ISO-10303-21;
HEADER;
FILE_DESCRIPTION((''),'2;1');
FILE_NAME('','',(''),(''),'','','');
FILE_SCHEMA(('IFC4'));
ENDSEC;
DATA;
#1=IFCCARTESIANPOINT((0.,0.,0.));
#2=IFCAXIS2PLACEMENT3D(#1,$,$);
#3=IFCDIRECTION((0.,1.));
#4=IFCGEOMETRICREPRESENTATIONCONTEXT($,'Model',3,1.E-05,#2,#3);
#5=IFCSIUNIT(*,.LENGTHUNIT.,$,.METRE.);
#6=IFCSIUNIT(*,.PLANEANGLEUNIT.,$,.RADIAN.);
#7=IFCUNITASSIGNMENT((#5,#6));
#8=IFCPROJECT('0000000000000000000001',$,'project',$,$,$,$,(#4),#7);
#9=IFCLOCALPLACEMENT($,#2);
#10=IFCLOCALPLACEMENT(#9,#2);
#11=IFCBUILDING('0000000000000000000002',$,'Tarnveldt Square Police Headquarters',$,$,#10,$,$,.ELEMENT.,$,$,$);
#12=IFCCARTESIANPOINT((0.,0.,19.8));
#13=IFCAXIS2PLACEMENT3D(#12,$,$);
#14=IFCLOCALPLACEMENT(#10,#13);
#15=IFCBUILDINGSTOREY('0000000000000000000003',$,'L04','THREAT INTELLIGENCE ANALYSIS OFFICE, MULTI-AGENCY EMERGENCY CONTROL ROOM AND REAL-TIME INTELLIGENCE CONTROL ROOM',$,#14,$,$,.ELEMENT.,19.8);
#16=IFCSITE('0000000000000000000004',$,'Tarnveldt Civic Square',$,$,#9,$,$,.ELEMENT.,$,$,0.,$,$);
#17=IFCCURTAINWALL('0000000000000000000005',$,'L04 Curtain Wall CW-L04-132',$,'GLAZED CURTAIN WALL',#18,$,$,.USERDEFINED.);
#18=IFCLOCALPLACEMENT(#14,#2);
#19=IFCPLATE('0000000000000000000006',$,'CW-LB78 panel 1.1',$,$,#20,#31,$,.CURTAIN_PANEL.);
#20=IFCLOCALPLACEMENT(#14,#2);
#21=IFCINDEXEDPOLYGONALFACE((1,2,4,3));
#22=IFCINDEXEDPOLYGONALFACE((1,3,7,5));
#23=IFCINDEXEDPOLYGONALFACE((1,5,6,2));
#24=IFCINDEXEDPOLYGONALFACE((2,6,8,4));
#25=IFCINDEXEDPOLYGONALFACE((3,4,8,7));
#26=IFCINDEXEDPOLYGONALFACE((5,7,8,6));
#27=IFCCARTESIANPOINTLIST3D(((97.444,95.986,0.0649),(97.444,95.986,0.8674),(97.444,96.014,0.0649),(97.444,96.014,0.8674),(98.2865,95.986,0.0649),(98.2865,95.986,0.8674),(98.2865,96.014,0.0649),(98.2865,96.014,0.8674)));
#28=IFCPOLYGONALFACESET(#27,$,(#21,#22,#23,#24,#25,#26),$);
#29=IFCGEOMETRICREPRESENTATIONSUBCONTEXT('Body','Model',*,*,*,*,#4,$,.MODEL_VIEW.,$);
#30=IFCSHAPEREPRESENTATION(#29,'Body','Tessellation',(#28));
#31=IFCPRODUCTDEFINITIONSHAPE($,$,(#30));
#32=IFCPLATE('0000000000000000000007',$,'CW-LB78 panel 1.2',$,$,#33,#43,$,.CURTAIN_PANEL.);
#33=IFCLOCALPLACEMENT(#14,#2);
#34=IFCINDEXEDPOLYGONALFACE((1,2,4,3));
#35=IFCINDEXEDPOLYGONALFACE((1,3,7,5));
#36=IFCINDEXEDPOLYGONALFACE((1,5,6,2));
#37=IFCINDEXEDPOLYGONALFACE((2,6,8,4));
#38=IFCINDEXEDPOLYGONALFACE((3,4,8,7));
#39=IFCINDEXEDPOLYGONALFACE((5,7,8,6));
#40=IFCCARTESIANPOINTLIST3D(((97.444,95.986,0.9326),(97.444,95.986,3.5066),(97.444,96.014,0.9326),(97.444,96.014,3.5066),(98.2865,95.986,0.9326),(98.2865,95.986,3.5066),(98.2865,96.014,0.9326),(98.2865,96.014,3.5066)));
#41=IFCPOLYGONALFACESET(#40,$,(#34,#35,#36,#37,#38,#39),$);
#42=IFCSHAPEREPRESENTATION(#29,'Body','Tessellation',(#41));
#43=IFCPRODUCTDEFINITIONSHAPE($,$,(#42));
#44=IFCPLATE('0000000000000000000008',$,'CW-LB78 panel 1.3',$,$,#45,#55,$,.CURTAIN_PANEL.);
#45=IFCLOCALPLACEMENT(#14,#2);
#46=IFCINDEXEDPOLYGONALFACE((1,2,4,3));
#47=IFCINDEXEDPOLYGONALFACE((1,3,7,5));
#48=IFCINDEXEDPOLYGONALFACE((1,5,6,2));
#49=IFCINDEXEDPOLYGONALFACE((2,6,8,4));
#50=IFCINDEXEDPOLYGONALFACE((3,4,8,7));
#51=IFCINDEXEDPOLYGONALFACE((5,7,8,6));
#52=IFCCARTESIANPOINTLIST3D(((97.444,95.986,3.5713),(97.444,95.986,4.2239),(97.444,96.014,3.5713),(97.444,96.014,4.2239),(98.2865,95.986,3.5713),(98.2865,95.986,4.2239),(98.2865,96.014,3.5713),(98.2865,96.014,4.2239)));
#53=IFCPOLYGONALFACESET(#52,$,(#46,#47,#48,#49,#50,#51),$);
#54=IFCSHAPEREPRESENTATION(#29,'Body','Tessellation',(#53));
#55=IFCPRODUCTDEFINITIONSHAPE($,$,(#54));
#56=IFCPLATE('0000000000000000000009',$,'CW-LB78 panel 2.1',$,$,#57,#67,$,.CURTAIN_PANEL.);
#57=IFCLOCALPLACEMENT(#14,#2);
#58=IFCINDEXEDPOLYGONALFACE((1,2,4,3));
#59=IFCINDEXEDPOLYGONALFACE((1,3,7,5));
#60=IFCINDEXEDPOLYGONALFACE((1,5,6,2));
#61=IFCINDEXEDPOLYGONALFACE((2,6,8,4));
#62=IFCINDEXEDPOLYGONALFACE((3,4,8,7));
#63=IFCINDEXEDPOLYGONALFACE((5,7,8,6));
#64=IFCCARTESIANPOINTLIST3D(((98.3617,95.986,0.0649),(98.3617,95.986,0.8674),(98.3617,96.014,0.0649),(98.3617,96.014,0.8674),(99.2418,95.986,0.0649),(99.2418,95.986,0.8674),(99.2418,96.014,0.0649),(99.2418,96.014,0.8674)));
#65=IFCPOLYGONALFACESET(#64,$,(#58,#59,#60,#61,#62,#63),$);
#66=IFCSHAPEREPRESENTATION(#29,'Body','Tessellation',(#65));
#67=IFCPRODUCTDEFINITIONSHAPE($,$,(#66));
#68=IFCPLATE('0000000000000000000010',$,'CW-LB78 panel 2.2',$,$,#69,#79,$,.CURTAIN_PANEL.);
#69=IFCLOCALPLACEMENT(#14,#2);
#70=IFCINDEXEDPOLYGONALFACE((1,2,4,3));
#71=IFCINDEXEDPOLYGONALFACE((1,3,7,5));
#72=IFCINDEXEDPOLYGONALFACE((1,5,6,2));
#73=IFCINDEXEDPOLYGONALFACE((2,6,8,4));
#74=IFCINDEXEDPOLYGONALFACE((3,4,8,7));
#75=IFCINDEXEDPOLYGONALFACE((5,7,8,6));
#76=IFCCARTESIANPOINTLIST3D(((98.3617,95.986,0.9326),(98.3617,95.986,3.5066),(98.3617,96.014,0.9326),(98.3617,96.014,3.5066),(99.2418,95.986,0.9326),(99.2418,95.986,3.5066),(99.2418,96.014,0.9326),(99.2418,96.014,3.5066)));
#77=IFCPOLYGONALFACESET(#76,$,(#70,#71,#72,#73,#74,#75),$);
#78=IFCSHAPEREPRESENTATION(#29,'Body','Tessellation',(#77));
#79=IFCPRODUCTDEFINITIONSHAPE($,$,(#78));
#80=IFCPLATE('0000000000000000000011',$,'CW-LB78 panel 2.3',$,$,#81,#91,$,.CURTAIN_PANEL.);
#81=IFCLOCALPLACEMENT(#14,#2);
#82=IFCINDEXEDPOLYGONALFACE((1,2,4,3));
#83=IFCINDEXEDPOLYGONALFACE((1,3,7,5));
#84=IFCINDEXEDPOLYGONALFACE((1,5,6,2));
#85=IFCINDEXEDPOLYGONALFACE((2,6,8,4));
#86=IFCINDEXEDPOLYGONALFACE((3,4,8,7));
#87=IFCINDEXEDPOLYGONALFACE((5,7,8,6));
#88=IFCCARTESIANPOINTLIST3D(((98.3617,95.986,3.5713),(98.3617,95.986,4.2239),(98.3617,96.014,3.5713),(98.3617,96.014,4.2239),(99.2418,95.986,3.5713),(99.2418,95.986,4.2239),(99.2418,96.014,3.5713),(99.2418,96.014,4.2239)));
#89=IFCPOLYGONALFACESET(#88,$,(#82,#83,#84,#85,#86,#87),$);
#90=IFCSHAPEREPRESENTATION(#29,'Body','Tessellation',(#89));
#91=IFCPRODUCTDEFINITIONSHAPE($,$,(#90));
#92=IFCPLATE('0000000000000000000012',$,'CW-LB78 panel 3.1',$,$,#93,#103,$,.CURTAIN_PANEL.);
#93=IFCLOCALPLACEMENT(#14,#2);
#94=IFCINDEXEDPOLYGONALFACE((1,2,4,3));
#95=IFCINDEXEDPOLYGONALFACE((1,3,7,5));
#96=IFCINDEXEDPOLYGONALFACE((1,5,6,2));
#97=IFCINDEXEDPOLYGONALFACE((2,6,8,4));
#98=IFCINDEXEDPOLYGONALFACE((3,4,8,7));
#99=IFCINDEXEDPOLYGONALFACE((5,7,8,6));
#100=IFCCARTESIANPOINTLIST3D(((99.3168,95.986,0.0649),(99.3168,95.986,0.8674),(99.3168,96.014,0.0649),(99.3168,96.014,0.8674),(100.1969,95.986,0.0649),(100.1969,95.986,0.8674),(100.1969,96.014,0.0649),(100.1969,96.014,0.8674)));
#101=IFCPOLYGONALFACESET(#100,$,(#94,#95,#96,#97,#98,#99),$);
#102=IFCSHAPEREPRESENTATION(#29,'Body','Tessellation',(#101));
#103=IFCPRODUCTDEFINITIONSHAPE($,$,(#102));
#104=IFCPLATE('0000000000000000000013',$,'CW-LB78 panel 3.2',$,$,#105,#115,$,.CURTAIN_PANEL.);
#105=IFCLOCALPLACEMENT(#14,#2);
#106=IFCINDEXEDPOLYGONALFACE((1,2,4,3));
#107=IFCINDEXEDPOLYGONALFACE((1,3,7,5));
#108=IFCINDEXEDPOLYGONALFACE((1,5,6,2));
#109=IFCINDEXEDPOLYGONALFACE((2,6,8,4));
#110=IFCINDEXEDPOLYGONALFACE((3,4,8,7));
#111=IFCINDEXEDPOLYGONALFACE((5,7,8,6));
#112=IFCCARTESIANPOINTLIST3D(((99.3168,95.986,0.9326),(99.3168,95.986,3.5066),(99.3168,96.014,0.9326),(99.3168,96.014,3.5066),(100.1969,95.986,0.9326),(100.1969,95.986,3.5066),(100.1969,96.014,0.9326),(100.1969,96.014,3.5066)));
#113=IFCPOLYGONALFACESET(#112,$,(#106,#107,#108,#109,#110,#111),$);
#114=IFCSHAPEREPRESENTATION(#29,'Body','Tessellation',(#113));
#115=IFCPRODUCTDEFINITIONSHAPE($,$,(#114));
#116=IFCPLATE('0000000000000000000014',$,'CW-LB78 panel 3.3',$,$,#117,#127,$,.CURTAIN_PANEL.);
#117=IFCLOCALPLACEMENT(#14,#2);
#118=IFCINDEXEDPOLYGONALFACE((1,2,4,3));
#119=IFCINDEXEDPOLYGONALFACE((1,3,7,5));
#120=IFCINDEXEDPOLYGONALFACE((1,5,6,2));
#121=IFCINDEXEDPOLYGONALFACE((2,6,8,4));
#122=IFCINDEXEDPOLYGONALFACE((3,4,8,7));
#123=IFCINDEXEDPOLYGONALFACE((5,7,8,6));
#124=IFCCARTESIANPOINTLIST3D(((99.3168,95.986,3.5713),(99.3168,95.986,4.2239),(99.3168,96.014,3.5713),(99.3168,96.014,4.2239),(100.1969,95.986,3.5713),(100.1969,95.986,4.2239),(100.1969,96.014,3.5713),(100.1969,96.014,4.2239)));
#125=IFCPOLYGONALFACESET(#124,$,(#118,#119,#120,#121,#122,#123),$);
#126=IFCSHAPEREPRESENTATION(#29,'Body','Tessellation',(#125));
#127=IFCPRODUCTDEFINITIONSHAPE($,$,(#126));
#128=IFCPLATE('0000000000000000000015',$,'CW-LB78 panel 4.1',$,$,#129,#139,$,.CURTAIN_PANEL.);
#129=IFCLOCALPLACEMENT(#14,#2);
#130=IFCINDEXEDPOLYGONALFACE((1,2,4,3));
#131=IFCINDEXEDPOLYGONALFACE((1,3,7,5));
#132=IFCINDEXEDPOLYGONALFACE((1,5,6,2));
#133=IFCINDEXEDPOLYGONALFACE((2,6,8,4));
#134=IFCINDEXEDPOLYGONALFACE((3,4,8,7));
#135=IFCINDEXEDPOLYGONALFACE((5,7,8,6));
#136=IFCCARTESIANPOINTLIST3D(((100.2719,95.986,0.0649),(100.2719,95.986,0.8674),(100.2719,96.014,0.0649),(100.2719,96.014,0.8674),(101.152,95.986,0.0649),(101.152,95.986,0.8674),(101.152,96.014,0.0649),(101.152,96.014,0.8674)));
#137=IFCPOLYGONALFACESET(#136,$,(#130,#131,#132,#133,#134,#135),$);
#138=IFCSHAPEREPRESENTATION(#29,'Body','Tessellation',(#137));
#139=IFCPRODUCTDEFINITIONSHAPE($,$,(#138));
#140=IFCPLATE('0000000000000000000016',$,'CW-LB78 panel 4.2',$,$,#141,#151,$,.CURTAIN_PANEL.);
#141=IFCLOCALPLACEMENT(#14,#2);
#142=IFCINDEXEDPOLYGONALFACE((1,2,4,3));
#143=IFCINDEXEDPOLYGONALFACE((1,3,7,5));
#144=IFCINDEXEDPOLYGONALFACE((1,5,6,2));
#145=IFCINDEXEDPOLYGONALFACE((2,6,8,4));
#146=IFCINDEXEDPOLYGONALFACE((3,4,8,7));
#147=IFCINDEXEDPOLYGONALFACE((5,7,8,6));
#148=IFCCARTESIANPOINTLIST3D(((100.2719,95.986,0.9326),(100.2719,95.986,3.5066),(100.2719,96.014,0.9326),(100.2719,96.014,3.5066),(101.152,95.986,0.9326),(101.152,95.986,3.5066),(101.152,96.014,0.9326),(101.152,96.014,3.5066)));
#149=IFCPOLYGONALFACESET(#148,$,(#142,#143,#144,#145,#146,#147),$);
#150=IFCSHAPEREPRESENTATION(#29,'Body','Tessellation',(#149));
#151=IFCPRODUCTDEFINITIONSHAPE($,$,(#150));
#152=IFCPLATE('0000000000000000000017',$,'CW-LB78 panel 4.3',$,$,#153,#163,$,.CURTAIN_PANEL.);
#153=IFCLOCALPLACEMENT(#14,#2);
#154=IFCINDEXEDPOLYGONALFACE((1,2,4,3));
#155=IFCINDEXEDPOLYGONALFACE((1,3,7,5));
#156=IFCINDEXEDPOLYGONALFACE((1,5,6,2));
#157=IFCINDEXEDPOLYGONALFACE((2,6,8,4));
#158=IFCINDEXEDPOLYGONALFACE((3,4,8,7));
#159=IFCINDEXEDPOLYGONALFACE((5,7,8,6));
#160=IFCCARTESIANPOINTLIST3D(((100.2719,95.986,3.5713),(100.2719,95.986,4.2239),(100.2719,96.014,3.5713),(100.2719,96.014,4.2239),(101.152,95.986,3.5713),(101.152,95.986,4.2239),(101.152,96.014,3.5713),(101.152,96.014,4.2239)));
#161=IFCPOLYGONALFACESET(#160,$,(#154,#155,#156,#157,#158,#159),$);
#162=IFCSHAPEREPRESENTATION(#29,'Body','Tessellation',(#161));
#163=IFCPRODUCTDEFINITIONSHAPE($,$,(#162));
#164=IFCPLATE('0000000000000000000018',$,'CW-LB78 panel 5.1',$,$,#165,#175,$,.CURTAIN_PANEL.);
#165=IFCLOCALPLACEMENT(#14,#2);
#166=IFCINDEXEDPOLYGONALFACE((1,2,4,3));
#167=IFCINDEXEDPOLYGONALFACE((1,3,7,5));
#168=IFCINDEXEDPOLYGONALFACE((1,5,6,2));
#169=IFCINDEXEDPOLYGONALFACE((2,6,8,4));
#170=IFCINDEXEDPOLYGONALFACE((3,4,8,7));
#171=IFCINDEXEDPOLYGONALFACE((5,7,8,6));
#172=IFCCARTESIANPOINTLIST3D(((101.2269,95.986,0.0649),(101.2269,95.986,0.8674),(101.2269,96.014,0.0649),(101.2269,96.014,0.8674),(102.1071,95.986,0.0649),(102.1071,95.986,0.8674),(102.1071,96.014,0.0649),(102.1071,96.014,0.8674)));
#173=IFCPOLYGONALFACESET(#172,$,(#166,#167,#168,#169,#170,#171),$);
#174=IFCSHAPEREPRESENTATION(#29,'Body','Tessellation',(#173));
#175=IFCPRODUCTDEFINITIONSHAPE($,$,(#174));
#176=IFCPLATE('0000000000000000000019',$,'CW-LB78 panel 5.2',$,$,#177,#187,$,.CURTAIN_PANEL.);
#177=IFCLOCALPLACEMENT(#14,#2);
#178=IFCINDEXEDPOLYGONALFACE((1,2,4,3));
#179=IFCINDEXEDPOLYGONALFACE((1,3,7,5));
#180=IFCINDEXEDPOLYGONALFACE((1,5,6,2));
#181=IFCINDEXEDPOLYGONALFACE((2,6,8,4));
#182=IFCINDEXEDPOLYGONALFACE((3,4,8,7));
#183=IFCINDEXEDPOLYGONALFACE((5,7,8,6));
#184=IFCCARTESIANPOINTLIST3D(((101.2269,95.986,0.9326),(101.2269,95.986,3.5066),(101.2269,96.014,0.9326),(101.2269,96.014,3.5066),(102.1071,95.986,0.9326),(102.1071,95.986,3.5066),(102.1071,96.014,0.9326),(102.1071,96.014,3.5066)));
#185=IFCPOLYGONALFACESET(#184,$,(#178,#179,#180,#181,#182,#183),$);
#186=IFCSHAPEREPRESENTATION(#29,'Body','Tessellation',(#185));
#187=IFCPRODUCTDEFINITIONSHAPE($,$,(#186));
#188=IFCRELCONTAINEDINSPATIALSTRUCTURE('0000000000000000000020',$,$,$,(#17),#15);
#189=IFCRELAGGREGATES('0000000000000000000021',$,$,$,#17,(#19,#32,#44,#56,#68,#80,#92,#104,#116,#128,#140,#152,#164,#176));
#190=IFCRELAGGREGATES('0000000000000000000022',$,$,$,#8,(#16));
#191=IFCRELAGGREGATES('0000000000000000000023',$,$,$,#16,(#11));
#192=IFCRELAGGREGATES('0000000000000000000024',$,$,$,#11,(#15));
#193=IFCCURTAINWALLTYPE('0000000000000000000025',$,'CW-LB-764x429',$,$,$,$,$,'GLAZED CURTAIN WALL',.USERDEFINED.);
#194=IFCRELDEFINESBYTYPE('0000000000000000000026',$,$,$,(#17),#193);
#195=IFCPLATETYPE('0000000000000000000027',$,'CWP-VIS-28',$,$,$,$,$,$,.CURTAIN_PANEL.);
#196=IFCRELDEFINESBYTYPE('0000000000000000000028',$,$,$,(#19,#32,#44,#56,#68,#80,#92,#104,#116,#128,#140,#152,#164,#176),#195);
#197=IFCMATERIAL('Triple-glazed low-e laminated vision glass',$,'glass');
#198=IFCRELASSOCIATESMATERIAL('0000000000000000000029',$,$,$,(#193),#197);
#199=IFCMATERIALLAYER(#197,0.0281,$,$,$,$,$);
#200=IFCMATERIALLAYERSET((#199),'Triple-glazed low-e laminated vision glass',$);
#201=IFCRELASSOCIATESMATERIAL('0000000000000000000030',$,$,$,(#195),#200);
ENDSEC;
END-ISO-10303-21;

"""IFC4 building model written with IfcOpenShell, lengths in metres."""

from ifc_helpers import new_model, si_unit, direction, frame, origin, origin_2d, place, context, subcontext, project, spatial, rectangle, extrude, material, layer, layer_set, type_object, element, aggregate, save


model = new_model("IFC4")

# Units and contexts
model_context = context("Model", 3, precision=1e-05, world=origin(), true_north=direction((0.0, 1.0)))
body_context = subcontext(model_context, "Body", "Model", "MODEL_VIEW")
ifc_project = project(units=[si_unit("LENGTHUNIT", "METRE"), si_unit("PLANEANGLEUNIT", "RADIAN")], contexts=[model_context])

# Site, building, storey
site_placement = place(None, origin())
site = spatial("IfcSite", under=ifc_project, at=site_placement, Name="Tarnveldt Civic Square", CompositionType="ELEMENT", RefElevation=0.0)
building_placement = place(site_placement, origin())
building = spatial("IfcBuilding", under=site, at=building_placement, Name="Tarnveldt Square Police Headquarters", CompositionType="ELEMENT")
storey_placement = place(building_placement, frame((0.0, 0.0, 19.8)))
storey = spatial("IfcBuildingStorey", under=building, at=storey_placement, Name="L04", Description="THREAT INTELLIGENCE ANALYSIS OFFICE, MULTI-AGENCY EMERGENCY CONTROL ROOM AND REAL-TIME INTELLIGENCE CONTROL ROOM", CompositionType="ELEMENT", Elevation=19.8)

# Curtain wall, plates
ifc_material_1 = material(Name="Triple-glazed low-e laminated vision glass", Category="glass")
curtain_wall_type = type_object("IfcCurtainWallType", Name="CW-LB-764x429", ElementType="GLAZED CURTAIN WALL", PredefinedType="USERDEFINED", material=ifc_material_1)
curtain_wall_placement = place(storey_placement, origin())
curtain_wall = element("IfcCurtainWall", 1, at=curtain_wall_placement, inside=storey, type_object=curtain_wall_type, Name="L04 Curtain Wall CW-L04-132", ObjectType="GLAZED CURTAIN WALL", PredefinedType="USERDEFINED")
ifc_layer = layer(ifc_material_1, 0.0281)
ifc_layer_set = layer_set([ifc_layer], Name="Triple-glazed low-e laminated vision glass")
plate_type = type_object("IfcPlateType", Name="CWP-VIS-28", PredefinedType="CURTAIN_PANEL", material=ifc_layer_set)
plate_1_placement = place(storey_placement, frame((97.8652, 96.0, 0.0649), z_axis=(0.0, 0.0, 1.0), x_axis=(1.0, 0.0, 0.0)))
plate_1 = element("IfcPlate", 2, at=plate_1_placement, type_object=plate_type, Name="CW-LB78 panel 1.1", PredefinedType="CURTAIN_PANEL", context=body_context, shape_type="SweptSolid", body=[
    extrude(rectangle(XDim=0.8425, YDim=0.0281, at=origin_2d()), origin(), (0.0, 0.0, 1.0), 0.8025),
])
plate_2_placement = place(storey_placement, frame((97.8652, 96.0, 0.9326), z_axis=(0.0, 0.0, 1.0), x_axis=(1.0, 0.0, 0.0)))
plate_2 = element("IfcPlate", 3, at=plate_2_placement, type_object=plate_type, Name="CW-LB78 panel 1.2", PredefinedType="CURTAIN_PANEL", context=body_context, shape_type="SweptSolid", body=[
    extrude(rectangle(XDim=0.8425, YDim=0.0281, at=origin_2d()), origin(), (0.0, 0.0, 1.0), 2.574),
])
plate_3_placement = place(storey_placement, frame((97.8652, 96.0, 3.5713), z_axis=(0.0, 0.0, 1.0), x_axis=(1.0, 0.0, 0.0)))
plate_3 = element("IfcPlate", 4, at=plate_3_placement, type_object=plate_type, Name="CW-LB78 panel 1.3", PredefinedType="CURTAIN_PANEL", context=body_context, shape_type="SweptSolid", body=[
    extrude(rectangle(XDim=0.8425, YDim=0.0281, at=origin_2d()), origin(), (0.0, 0.0, 1.0), 0.6526),
])
plate_4_placement = place(storey_placement, frame((98.8018, 96.0, 0.0649), z_axis=(0.0, 0.0, 1.0), x_axis=(1.0, 0.0, 0.0)))
plate_4 = element("IfcPlate", 5, at=plate_4_placement, type_object=plate_type, Name="CW-LB78 panel 2.1", PredefinedType="CURTAIN_PANEL", context=body_context, shape_type="SweptSolid", body=[
    extrude(rectangle(XDim=0.8801, YDim=0.0281, at=origin_2d()), origin(), (0.0, 0.0, 1.0), 0.8025),
])
plate_5_placement = place(storey_placement, frame((98.8018, 96.0, 0.9326), z_axis=(0.0, 0.0, 1.0), x_axis=(1.0, 0.0, 0.0)))
plate_5 = element("IfcPlate", 6, at=plate_5_placement, type_object=plate_type, Name="CW-LB78 panel 2.2", PredefinedType="CURTAIN_PANEL", context=body_context, shape_type="SweptSolid", body=[
    extrude(rectangle(XDim=0.8801, YDim=0.0281, at=origin_2d()), origin(), (0.0, 0.0, 1.0), 2.574),
])
plate_6_placement = place(storey_placement, frame((98.8018, 96.0, 3.5713), z_axis=(0.0, 0.0, 1.0), x_axis=(1.0, 0.0, 0.0)))
plate_6 = element("IfcPlate", 7, at=plate_6_placement, type_object=plate_type, Name="CW-LB78 panel 2.3", PredefinedType="CURTAIN_PANEL", context=body_context, shape_type="SweptSolid", body=[
    extrude(rectangle(XDim=0.8801, YDim=0.0281, at=origin_2d()), origin(), (0.0, 0.0, 1.0), 0.6526),
])
plate_7_placement = place(storey_placement, frame((99.7568, 96.0, 0.0649), z_axis=(0.0, 0.0, 1.0), x_axis=(1.0, 0.0, 0.0)))
plate_7 = element("IfcPlate", 8, at=plate_7_placement, type_object=plate_type, Name="CW-LB78 panel 3.1", PredefinedType="CURTAIN_PANEL", context=body_context, shape_type="SweptSolid", body=[
    extrude(rectangle(XDim=0.8801, YDim=0.0281, at=origin_2d()), origin(), (0.0, 0.0, 1.0), 0.8025),
])
plate_8_placement = place(storey_placement, frame((99.7568, 96.0, 0.9326), z_axis=(0.0, 0.0, 1.0), x_axis=(1.0, 0.0, 0.0)))
plate_8 = element("IfcPlate", 9, at=plate_8_placement, type_object=plate_type, Name="CW-LB78 panel 3.2", PredefinedType="CURTAIN_PANEL", context=body_context, shape_type="SweptSolid", body=[
    extrude(rectangle(XDim=0.8801, YDim=0.0281, at=origin_2d()), origin(), (0.0, 0.0, 1.0), 2.574),
])
plate_9_placement = place(storey_placement, frame((99.7568, 96.0, 3.5713), z_axis=(0.0, 0.0, 1.0), x_axis=(1.0, 0.0, 0.0)))
plate_9 = element("IfcPlate", 10, at=plate_9_placement, type_object=plate_type, Name="CW-LB78 panel 3.3", PredefinedType="CURTAIN_PANEL", context=body_context, shape_type="SweptSolid", body=[
    extrude(rectangle(XDim=0.8801, YDim=0.0281, at=origin_2d()), origin(), (0.0, 0.0, 1.0), 0.6526),
])
plate_10_placement = place(storey_placement, frame((100.7119, 96.0, 0.0649), z_axis=(0.0, 0.0, 1.0), x_axis=(1.0, 0.0, 0.0)))
plate_10 = element("IfcPlate", 11, at=plate_10_placement, type_object=plate_type, Name="CW-LB78 panel 4.1", PredefinedType="CURTAIN_PANEL", context=body_context, shape_type="SweptSolid", body=[
    extrude(rectangle(XDim=0.8801, YDim=0.0281, at=origin_2d()), origin(), (0.0, 0.0, 1.0), 0.8025),
])
plate_11_placement = place(storey_placement, frame((100.7119, 96.0, 0.9326), z_axis=(0.0, 0.0, 1.0), x_axis=(1.0, 0.0, 0.0)))
plate_11 = element("IfcPlate", 12, at=plate_11_placement, type_object=plate_type, Name="CW-LB78 panel 4.2", PredefinedType="CURTAIN_PANEL", context=body_context, shape_type="SweptSolid", body=[
    extrude(rectangle(XDim=0.8801, YDim=0.0281, at=origin_2d()), origin(), (0.0, 0.0, 1.0), 2.574),
])
plate_12_placement = place(storey_placement, frame((100.7119, 96.0, 3.5713), z_axis=(0.0, 0.0, 1.0), x_axis=(1.0, 0.0, 0.0)))
plate_12 = element("IfcPlate", 13, at=plate_12_placement, type_object=plate_type, Name="CW-LB78 panel 4.3", PredefinedType="CURTAIN_PANEL", context=body_context, shape_type="SweptSolid", body=[
    extrude(rectangle(XDim=0.8801, YDim=0.0281, at=origin_2d()), origin(), (0.0, 0.0, 1.0), 0.6526),
])
plate_13_placement = place(storey_placement, frame((101.667, 96.0, 0.0649), z_axis=(0.0, 0.0, 1.0), x_axis=(1.0, 0.0, 0.0)))
plate_13 = element("IfcPlate", 14, at=plate_13_placement, type_object=plate_type, Name="CW-LB78 panel 5.1", PredefinedType="CURTAIN_PANEL", context=body_context, shape_type="SweptSolid", body=[
    extrude(rectangle(XDim=0.8801, YDim=0.0281, at=origin_2d()), origin(), (0.0, 0.0, 1.0), 0.8025),
])
plate_14_placement = place(storey_placement, frame((101.667, 96.0, 0.9326), z_axis=(0.0, 0.0, 1.0), x_axis=(1.0, 0.0, 0.0)))
plate_14 = element("IfcPlate", 15, at=plate_14_placement, type_object=plate_type, Name="CW-LB78 panel 5.2", PredefinedType="CURTAIN_PANEL", context=body_context, shape_type="SweptSolid", body=[
    extrude(rectangle(XDim=0.8801, YDim=0.0281, at=origin_2d()), origin(), (0.0, 0.0, 1.0), 2.574),
])
aggregate(curtain_wall, [plate_1, plate_2, plate_3, plate_4, plate_5, plate_6, plate_7, plate_8, plate_9, plate_10, plate_11, plate_12, plate_13, plate_14])

save(model, "model.ifc")
